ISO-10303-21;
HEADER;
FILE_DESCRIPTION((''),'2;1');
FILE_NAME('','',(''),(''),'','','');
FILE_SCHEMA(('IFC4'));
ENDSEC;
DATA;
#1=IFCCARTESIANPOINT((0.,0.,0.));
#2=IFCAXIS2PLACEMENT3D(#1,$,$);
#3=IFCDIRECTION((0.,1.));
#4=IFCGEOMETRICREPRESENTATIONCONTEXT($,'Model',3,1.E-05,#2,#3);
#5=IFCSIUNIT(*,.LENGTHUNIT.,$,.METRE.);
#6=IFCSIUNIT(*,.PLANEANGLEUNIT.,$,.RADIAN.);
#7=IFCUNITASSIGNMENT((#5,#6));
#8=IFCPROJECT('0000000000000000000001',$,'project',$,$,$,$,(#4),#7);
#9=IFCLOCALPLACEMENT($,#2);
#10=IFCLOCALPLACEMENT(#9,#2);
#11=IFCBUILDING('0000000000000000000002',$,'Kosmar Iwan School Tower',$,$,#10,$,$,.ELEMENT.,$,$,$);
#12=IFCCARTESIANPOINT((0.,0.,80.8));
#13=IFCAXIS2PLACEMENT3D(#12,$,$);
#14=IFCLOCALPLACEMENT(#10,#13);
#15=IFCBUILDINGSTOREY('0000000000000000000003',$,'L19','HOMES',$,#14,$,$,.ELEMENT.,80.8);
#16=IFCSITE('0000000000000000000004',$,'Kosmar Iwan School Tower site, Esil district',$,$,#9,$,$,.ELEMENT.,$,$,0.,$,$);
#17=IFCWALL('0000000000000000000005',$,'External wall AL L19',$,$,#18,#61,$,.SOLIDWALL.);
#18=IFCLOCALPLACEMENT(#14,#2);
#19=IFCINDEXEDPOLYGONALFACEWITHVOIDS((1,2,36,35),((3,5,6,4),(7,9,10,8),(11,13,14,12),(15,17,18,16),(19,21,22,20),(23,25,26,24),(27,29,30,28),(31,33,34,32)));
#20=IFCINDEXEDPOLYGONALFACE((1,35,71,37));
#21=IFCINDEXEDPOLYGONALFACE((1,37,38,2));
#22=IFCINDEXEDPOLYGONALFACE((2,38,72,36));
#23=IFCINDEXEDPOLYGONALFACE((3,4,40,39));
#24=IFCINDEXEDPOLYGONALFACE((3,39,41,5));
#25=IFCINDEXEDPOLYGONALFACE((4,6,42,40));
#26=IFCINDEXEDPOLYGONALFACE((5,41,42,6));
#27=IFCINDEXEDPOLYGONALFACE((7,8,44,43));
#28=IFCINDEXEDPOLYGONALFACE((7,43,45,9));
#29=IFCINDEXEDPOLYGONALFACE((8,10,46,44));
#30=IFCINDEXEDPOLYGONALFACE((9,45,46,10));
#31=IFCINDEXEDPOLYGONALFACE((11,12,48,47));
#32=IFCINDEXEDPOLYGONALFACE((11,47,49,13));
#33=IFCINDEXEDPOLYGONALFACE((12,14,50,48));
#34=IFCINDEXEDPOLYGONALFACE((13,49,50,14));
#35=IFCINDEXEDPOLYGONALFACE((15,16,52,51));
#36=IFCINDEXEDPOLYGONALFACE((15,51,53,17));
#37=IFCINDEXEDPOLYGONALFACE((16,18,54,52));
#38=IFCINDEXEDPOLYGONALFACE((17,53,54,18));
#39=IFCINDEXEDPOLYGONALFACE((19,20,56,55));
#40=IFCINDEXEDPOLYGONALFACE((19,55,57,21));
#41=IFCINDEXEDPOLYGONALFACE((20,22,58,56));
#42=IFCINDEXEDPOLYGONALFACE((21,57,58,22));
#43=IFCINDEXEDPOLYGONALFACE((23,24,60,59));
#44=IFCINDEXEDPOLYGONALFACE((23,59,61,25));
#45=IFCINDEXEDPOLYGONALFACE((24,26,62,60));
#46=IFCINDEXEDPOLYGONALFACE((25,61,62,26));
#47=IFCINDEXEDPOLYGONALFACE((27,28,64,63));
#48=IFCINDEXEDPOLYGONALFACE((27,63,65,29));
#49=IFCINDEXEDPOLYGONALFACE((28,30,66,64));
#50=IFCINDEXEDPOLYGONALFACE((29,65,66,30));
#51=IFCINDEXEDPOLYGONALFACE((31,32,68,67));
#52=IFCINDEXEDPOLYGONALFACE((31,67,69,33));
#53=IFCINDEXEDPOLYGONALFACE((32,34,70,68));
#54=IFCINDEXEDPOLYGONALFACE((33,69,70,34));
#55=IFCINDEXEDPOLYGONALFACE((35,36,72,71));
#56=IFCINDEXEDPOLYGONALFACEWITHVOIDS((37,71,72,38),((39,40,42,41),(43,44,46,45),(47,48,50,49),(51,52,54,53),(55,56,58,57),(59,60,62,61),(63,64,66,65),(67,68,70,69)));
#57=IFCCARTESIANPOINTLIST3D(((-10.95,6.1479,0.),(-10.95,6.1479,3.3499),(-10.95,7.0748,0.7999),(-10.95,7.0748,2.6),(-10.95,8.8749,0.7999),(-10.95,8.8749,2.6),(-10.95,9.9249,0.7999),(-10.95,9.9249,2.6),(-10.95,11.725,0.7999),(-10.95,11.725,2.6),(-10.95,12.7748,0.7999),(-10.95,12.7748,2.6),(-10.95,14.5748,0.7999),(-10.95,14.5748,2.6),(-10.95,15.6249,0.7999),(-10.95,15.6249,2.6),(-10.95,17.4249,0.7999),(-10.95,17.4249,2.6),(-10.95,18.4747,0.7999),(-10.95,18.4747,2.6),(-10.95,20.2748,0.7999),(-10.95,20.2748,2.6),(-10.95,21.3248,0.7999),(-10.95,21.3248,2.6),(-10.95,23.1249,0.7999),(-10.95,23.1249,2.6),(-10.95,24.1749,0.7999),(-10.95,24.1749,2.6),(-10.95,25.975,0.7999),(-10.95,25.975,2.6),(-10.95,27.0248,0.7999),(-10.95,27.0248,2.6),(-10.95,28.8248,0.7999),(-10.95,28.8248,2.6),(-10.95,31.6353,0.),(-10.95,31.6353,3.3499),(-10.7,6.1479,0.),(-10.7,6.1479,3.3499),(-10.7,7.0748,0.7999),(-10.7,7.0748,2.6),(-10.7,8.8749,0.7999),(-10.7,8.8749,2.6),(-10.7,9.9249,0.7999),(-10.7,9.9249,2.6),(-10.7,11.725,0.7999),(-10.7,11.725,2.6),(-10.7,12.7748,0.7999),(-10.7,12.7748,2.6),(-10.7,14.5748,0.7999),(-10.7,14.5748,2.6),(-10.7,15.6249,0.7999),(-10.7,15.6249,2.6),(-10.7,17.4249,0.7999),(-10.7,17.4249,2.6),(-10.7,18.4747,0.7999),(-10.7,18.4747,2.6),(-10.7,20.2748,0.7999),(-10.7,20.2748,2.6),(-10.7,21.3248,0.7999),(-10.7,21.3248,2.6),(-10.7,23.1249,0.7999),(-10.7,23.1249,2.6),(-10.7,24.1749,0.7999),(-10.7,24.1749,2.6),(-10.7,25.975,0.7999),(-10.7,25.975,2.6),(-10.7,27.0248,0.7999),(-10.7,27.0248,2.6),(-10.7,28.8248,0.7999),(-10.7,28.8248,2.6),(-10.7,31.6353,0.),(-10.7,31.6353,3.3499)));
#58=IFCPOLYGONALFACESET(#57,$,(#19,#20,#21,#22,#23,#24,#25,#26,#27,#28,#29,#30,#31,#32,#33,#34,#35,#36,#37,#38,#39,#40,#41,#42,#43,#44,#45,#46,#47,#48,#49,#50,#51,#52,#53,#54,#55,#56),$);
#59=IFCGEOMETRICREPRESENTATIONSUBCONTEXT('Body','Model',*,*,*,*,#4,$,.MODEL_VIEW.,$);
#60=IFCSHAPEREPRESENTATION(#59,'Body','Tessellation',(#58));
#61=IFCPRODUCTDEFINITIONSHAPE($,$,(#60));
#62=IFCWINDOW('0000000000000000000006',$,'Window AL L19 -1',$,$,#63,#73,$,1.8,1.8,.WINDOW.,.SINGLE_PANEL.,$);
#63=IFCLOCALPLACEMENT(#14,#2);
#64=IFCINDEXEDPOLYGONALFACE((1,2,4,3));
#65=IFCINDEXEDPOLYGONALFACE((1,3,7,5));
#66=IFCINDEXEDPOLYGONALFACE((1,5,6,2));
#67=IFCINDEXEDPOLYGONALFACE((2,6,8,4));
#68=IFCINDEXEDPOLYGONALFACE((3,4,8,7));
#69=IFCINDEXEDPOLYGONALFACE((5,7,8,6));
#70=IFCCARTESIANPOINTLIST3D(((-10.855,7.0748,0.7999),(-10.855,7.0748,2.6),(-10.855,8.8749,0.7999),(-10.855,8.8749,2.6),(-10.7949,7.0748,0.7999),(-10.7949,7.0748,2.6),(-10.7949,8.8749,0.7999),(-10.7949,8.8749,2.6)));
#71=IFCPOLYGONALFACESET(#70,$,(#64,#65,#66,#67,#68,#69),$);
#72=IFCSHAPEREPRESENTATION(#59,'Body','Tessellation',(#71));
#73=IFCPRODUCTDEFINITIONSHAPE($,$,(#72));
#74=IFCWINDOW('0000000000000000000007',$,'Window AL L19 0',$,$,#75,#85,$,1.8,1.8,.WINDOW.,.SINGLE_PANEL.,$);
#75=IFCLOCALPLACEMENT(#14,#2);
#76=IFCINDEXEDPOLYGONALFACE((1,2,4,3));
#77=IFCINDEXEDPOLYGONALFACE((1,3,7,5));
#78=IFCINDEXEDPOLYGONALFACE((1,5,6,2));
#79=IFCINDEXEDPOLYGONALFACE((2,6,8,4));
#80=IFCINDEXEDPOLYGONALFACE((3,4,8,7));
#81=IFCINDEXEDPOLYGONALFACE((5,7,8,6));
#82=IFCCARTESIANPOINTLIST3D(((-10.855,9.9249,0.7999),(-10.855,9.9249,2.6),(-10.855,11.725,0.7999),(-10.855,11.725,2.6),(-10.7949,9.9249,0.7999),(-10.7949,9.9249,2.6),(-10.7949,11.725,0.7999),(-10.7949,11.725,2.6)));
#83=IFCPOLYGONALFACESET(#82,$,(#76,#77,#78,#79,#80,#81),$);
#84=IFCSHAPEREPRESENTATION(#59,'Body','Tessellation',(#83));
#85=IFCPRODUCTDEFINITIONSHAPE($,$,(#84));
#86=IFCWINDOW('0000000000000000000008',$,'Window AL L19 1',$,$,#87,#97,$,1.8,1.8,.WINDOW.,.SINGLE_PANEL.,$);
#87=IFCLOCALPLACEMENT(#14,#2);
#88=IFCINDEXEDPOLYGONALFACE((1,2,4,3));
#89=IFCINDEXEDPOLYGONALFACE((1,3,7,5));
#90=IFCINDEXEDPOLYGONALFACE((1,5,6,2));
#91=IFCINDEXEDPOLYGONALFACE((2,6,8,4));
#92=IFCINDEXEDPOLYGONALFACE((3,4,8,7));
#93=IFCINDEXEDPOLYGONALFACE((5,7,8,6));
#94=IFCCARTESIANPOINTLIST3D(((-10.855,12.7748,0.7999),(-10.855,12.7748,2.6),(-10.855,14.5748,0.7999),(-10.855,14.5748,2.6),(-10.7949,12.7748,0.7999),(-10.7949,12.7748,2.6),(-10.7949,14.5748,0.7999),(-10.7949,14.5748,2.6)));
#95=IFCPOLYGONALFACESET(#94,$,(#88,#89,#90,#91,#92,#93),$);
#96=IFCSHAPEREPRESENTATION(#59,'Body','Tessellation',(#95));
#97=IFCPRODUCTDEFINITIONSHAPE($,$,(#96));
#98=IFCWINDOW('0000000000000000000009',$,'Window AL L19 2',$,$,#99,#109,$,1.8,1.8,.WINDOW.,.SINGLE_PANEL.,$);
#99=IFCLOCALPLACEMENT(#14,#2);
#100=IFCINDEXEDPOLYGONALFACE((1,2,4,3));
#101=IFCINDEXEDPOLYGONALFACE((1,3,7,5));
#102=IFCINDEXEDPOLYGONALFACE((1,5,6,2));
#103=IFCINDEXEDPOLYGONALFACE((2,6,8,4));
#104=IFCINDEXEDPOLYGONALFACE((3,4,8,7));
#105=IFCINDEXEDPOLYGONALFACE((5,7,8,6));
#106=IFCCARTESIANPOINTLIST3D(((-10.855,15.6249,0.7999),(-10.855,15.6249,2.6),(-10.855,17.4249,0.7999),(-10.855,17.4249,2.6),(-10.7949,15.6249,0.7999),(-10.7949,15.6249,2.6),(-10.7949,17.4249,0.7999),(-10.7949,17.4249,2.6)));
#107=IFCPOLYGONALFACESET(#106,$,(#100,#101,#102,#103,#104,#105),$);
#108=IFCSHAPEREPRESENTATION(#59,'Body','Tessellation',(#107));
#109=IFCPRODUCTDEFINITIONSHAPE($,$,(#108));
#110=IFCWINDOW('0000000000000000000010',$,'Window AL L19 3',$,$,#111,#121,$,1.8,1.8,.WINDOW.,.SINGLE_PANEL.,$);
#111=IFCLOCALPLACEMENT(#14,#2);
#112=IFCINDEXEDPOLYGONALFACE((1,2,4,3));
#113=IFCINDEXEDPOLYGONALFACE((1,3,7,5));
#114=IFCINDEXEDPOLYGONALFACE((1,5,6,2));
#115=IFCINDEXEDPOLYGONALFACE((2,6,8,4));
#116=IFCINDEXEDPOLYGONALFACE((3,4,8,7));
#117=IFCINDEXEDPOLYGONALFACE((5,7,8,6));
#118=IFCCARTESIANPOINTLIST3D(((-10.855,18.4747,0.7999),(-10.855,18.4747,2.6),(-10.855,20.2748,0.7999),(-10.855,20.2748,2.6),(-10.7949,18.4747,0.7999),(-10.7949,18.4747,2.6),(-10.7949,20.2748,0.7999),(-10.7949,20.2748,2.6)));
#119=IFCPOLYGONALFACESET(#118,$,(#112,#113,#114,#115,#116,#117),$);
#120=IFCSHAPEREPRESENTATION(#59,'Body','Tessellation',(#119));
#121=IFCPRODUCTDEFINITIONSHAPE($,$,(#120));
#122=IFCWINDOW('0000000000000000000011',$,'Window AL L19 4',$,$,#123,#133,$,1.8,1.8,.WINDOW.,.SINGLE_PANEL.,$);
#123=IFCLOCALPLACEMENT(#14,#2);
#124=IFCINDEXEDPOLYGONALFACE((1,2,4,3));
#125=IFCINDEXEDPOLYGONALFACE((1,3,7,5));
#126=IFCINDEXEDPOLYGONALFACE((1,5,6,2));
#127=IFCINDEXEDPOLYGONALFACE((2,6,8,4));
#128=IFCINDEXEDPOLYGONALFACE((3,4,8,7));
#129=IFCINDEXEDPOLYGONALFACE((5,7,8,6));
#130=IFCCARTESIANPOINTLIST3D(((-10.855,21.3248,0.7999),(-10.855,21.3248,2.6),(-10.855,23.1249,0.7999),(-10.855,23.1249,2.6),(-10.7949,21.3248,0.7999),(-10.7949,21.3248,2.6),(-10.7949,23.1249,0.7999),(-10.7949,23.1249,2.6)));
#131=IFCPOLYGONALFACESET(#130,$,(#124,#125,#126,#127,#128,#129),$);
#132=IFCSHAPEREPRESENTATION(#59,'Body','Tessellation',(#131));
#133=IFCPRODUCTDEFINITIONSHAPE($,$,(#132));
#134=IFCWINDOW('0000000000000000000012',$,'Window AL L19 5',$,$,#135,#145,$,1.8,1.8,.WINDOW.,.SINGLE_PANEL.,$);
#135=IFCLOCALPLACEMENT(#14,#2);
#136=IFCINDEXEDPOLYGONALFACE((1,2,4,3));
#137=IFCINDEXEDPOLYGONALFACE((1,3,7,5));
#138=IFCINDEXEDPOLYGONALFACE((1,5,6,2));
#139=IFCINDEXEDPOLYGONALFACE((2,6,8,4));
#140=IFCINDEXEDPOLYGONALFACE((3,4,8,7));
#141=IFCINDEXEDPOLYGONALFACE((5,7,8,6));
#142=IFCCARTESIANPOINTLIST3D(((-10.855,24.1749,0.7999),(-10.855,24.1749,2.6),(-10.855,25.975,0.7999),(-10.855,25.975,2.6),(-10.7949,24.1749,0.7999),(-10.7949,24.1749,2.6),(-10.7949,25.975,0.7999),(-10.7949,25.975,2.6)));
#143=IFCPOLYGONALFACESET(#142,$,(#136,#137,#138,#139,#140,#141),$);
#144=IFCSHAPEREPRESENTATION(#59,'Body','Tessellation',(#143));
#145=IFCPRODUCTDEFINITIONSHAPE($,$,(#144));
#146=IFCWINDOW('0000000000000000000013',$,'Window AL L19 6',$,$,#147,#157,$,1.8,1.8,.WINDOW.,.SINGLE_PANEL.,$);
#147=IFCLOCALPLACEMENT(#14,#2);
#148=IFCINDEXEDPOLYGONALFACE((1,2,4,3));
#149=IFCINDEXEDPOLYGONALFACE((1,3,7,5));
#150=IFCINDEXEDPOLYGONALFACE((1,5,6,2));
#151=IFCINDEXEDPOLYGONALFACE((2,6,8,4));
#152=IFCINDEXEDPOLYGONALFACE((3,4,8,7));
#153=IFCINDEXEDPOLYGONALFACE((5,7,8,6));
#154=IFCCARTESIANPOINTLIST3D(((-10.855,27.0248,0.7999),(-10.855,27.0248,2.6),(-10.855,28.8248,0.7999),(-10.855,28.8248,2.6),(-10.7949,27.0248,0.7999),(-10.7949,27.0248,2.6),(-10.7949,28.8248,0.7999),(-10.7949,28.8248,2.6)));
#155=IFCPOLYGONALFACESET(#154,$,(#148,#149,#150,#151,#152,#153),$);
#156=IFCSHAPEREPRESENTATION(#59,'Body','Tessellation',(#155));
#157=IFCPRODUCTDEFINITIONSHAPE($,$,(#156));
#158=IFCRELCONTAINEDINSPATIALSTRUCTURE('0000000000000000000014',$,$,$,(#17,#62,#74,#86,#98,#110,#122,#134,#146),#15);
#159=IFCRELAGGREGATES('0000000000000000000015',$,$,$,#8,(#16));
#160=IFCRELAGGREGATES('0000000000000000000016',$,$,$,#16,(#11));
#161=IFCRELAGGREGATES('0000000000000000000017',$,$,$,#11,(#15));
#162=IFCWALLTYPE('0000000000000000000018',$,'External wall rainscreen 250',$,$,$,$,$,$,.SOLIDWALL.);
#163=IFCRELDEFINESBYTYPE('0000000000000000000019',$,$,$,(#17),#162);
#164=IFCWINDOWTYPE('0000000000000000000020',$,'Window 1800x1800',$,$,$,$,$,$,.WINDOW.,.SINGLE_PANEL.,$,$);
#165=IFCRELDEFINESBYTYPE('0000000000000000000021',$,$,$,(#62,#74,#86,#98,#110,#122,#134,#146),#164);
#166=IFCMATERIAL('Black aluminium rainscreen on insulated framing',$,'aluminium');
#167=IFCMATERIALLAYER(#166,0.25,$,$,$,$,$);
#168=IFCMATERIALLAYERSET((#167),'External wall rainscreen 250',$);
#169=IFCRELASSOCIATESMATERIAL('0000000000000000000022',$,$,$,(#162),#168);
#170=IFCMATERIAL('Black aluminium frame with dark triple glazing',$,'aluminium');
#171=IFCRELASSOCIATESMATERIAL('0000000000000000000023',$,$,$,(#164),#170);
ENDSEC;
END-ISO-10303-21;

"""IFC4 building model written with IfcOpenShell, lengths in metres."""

from ifc_helpers import new_model, si_unit, direction, frame, frame_2d, origin, place, context, subcontext, project, spatial, rectangle, extrude, material, layer, layer_set, type_object, element, fill, save


model = new_model("IFC4")

# Units and contexts
model_context = context("Model", 3, precision=1e-05, world=origin(), true_north=direction((0.0, 1.0)))
body_context = subcontext(model_context, "Body", "Model", "MODEL_VIEW")
ifc_project = project(units=[si_unit("LENGTHUNIT", "METRE"), si_unit("PLANEANGLEUNIT", "RADIAN")], contexts=[model_context])

# Site, building, storey
site_placement = place(None, origin())
site = spatial("IfcSite", under=ifc_project, at=site_placement, Name="Kosmar Iwan School Tower site, Esil district", CompositionType="ELEMENT", RefElevation=0.0)
building_placement = place(site_placement, origin())
building = spatial("IfcBuilding", under=site, at=building_placement, Name="Kosmar Iwan School Tower", CompositionType="ELEMENT")
storey_placement = place(building_placement, frame((0.0, 0.0, 80.8)))
storey = spatial("IfcBuildingStorey", under=building, at=storey_placement, Name="L19", Description="HOMES", CompositionType="ELEMENT", Elevation=80.8)

# Wall, openings, windows
ifc_material_1 = material(Name="Black aluminium rainscreen on insulated framing", Category="aluminium")
ifc_layer_1 = layer(ifc_material_1, 0.25)
ifc_layer_set_1 = layer_set([ifc_layer_1], Name="External wall rainscreen 250")
wall_type_1 = type_object("IfcWallType", Name="External wall rainscreen 250", PredefinedType="SOLIDWALL", material=ifc_layer_set_1)
wall_1_placement = place(storey_placement, frame((-10.825, 6.1479, 0.0), z_axis=(0.0, 0.0, 1.0), x_axis=(0.0, 1.0, 0.0)))
wall_1 = element("IfcWall", 1, at=wall_1_placement, inside=storey, type_object=wall_type_1, Name="External wall AL L19", PredefinedType="SOLIDWALL", context=body_context, shape_type="SweptSolid", body=[
    extrude(rectangle(XDim=25.4873, YDim=0.25, at=frame_2d((12.7437, 0.0))), origin(), (0.0, 0.0, 1.0), 3.3499),
])
opening_1_placement = place(wall_1_placement, frame((0.927, 0.0, 0.8)))
opening_1 = element("IfcOpeningElement", 2, at=opening_1_placement, cuts=wall_1, PredefinedType="OPENING", context=body_context, shape_type="SweptSolid", body=[
    extrude(rectangle(XDim=1.8, YDim=1.8, at=frame_2d((0.8999, 0.8999))), frame((0.0, 0.137, 0.0), z_axis=(0.0, -1.0, 0.0), x_axis=(1.0, 0.0, 0.0)), (0.0, 0.0, 1.0), 0.2739),
])
opening_2_placement = place(wall_1_placement, frame((3.7771, 0.0, 0.8)))
opening_2 = element("IfcOpeningElement", 3, at=opening_2_placement, cuts=wall_1, PredefinedType="OPENING", context=body_context, shape_type="SweptSolid", body=[
    extrude(rectangle(XDim=1.8, YDim=1.8, at=frame_2d((0.8999, 0.8999))), frame((0.0, 0.137, 0.0), z_axis=(0.0, -1.0, 0.0), x_axis=(1.0, 0.0, 0.0)), (0.0, 0.0, 1.0), 0.2739),
])
opening_3_placement = place(wall_1_placement, frame((6.627, 0.0, 0.8)))
opening_3 = element("IfcOpeningElement", 4, at=opening_3_placement, cuts=wall_1, PredefinedType="OPENING", context=body_context, shape_type="SweptSolid", body=[
    extrude(rectangle(XDim=1.8, YDim=1.8, at=frame_2d((0.8999, 0.8999))), frame((0.0, 0.137, 0.0), z_axis=(0.0, -1.0, 0.0), x_axis=(1.0, 0.0, 0.0)), (0.0, 0.0, 1.0), 0.2739),
])
opening_4_placement = place(wall_1_placement, frame((9.4771, 0.0, 0.8)))
opening_4 = element("IfcOpeningElement", 5, at=opening_4_placement, cuts=wall_1, PredefinedType="OPENING", context=body_context, shape_type="SweptSolid", body=[
    extrude(rectangle(XDim=1.8, YDim=1.8, at=frame_2d((0.8999, 0.8999))), frame((0.0, 0.137, 0.0), z_axis=(0.0, -1.0, 0.0), x_axis=(1.0, 0.0, 0.0)), (0.0, 0.0, 1.0), 0.2739),
])
opening_5_placement = place(wall_1_placement, frame((12.3269, 0.0, 0.8)))
opening_5 = element("IfcOpeningElement", 6, at=opening_5_placement, cuts=wall_1, PredefinedType="OPENING", context=body_context, shape_type="SweptSolid", body=[
    extrude(rectangle(XDim=1.8, YDim=1.8, at=frame_2d((0.8999, 0.8999))), frame((0.0, 0.137, 0.0), z_axis=(0.0, -1.0, 0.0), x_axis=(1.0, 0.0, 0.0)), (0.0, 0.0, 1.0), 0.2739),
])
opening_6_placement = place(wall_1_placement, frame((15.177, 0.0, 0.8)))
opening_6 = element("IfcOpeningElement", 7, at=opening_6_placement, cuts=wall_1, PredefinedType="OPENING", context=body_context, shape_type="SweptSolid", body=[
    extrude(rectangle(XDim=1.8, YDim=1.8, at=frame_2d((0.8999, 0.8999))), frame((0.0, 0.137, 0.0), z_axis=(0.0, -1.0, 0.0), x_axis=(1.0, 0.0, 0.0)), (0.0, 0.0, 1.0), 0.2739),
])
opening_7_placement = place(wall_1_placement, frame((18.0271, 0.0, 0.8)))
opening_7 = element("IfcOpeningElement", 8, at=opening_7_placement, cuts=wall_1, PredefinedType="OPENING", context=body_context, shape_type="SweptSolid", body=[
    extrude(rectangle(XDim=1.8, YDim=1.8, at=frame_2d((0.8999, 0.8999))), frame((0.0, 0.137, 0.0), z_axis=(0.0, -1.0, 0.0), x_axis=(1.0, 0.0, 0.0)), (0.0, 0.0, 1.0), 0.2739),
])
opening_8_placement = place(wall_1_placement, frame((20.877, 0.0, 0.8)))
opening_8 = element("IfcOpeningElement", 9, at=opening_8_placement, cuts=wall_1, PredefinedType="OPENING", context=body_context, shape_type="SweptSolid", body=[
    extrude(rectangle(XDim=1.8, YDim=1.8, at=frame_2d((0.8999, 0.8999))), frame((0.0, 0.137, 0.0), z_axis=(0.0, -1.0, 0.0), x_axis=(1.0, 0.0, 0.0)), (0.0, 0.0, 1.0), 0.2739),
])
ifc_material_2 = material(Name="Black aluminium frame with dark triple glazing", Category="aluminium")
window_type = type_object("IfcWindowType", Name="Window 1800x1800", PartitioningType="SINGLE_PANEL", PredefinedType="WINDOW", material=ifc_material_2)
window_1_placement = place(opening_1_placement, origin())
window_1 = element("IfcWindow", 10, at=window_1_placement, inside=storey, type_object=window_type, Name="Window AL L19 -1", OverallHeight=1.8, OverallWidth=1.8, PartitioningType="SINGLE_PANEL", PredefinedType="WINDOW", context=body_context, shape_type="SweptSolid", body=[
    extrude(rectangle(XDim=1.8, YDim=1.8, at=frame_2d((0.8999, 0.8999))), frame((0.0, 0.03, 0.0), z_axis=(0.0, -1.0, 0.0), x_axis=(1.0, 0.0, 0.0)), (0.0, 0.0, 1.0), 0.0601),
])
fill(opening_1, window_1)
window_2_placement = place(opening_2_placement, origin())
window_2 = element("IfcWindow", 11, at=window_2_placement, inside=storey, type_object=window_type, Name="Window AL L19 0", OverallHeight=1.8, OverallWidth=1.8, PartitioningType="SINGLE_PANEL", PredefinedType="WINDOW", context=body_context, shape_type="SweptSolid", body=[
    extrude(rectangle(XDim=1.8, YDim=1.8, at=frame_2d((0.8999, 0.8999))), frame((0.0, 0.03, 0.0), z_axis=(0.0, -1.0, 0.0), x_axis=(1.0, 0.0, 0.0)), (0.0, 0.0, 1.0), 0.0601),
])
fill(opening_2, window_2)
window_3_placement = place(opening_3_placement, origin())
window_3 = element("IfcWindow", 12, at=window_3_placement, inside=storey, type_object=window_type, Name="Window AL L19 1", OverallHeight=1.8, OverallWidth=1.8, PartitioningType="SINGLE_PANEL", PredefinedType="WINDOW", context=body_context, shape_type="SweptSolid", body=[
    extrude(rectangle(XDim=1.8, YDim=1.8, at=frame_2d((0.8999, 0.8999))), frame((0.0, 0.03, 0.0), z_axis=(0.0, -1.0, 0.0), x_axis=(1.0, 0.0, 0.0)), (0.0, 0.0, 1.0), 0.0601),
])
fill(opening_3, window_3)
window_4_placement = place(opening_4_placement, origin())
window_4 = element("IfcWindow", 13, at=window_4_placement, inside=storey, type_object=window_type, Name="Window AL L19 2", OverallHeight=1.8, OverallWidth=1.8, PartitioningType="SINGLE_PANEL", PredefinedType="WINDOW", context=body_context, shape_type="SweptSolid", body=[
    extrude(rectangle(XDim=1.8, YDim=1.8, at=frame_2d((0.8999, 0.8999))), frame((0.0, 0.03, 0.0), z_axis=(0.0, -1.0, 0.0), x_axis=(1.0, 0.0, 0.0)), (0.0, 0.0, 1.0), 0.0601),
])
fill(opening_4, window_4)
window_5_placement = place(opening_5_placement, origin())
window_5 = element("IfcWindow", 14, at=window_5_placement, inside=storey, type_object=window_type, Name="Window AL L19 3", OverallHeight=1.8, OverallWidth=1.8, PartitioningType="SINGLE_PANEL", PredefinedType="WINDOW", context=body_context, shape_type="SweptSolid", body=[
    extrude(rectangle(XDim=1.8, YDim=1.8, at=frame_2d((0.8999, 0.8999))), frame((0.0, 0.03, 0.0), z_axis=(0.0, -1.0, 0.0), x_axis=(1.0, 0.0, 0.0)), (0.0, 0.0, 1.0), 0.0601),
])
fill(opening_5, window_5)
window_6_placement = place(opening_6_placement, origin())
window_6 = element("IfcWindow", 15, at=window_6_placement, inside=storey, type_object=window_type, Name="Window AL L19 4", OverallHeight=1.8, OverallWidth=1.8, PartitioningType="SINGLE_PANEL", PredefinedType="WINDOW", context=body_context, shape_type="SweptSolid", body=[
    extrude(rectangle(XDim=1.8, YDim=1.8, at=frame_2d((0.8999, 0.8999))), frame((0.0, 0.03, 0.0), z_axis=(0.0, -1.0, 0.0), x_axis=(1.0, 0.0, 0.0)), (0.0, 0.0, 1.0), 0.0601),
])
fill(opening_6, window_6)
window_7_placement = place(opening_7_placement, origin())
window_7 = element("IfcWindow", 16, at=window_7_placement, inside=storey, type_object=window_type, Name="Window AL L19 5", OverallHeight=1.8, OverallWidth=1.8, PartitioningType="SINGLE_PANEL", PredefinedType="WINDOW", context=body_context, shape_type="SweptSolid", body=[
    extrude(rectangle(XDim=1.8, YDim=1.8, at=frame_2d((0.8999, 0.8999))), frame((0.0, 0.03, 0.0), z_axis=(0.0, -1.0, 0.0), x_axis=(1.0, 0.0, 0.0)), (0.0, 0.0, 1.0), 0.0601),
])
fill(opening_7, window_7)
window_8_placement = place(opening_8_placement, origin())
window_8 = element("IfcWindow", 17, at=window_8_placement, inside=storey, type_object=window_type, Name="Window AL L19 6", OverallHeight=1.8, OverallWidth=1.8, PartitioningType="SINGLE_PANEL", PredefinedType="WINDOW", context=body_context, shape_type="SweptSolid", body=[
    extrude(rectangle(XDim=1.8, YDim=1.8, at=frame_2d((0.8999, 0.8999))), frame((0.0, 0.03, 0.0), z_axis=(0.0, -1.0, 0.0), x_axis=(1.0, 0.0, 0.0)), (0.0, 0.0, 1.0), 0.0601),
])
fill(opening_8, window_8)

save(model, "model.ifc")
